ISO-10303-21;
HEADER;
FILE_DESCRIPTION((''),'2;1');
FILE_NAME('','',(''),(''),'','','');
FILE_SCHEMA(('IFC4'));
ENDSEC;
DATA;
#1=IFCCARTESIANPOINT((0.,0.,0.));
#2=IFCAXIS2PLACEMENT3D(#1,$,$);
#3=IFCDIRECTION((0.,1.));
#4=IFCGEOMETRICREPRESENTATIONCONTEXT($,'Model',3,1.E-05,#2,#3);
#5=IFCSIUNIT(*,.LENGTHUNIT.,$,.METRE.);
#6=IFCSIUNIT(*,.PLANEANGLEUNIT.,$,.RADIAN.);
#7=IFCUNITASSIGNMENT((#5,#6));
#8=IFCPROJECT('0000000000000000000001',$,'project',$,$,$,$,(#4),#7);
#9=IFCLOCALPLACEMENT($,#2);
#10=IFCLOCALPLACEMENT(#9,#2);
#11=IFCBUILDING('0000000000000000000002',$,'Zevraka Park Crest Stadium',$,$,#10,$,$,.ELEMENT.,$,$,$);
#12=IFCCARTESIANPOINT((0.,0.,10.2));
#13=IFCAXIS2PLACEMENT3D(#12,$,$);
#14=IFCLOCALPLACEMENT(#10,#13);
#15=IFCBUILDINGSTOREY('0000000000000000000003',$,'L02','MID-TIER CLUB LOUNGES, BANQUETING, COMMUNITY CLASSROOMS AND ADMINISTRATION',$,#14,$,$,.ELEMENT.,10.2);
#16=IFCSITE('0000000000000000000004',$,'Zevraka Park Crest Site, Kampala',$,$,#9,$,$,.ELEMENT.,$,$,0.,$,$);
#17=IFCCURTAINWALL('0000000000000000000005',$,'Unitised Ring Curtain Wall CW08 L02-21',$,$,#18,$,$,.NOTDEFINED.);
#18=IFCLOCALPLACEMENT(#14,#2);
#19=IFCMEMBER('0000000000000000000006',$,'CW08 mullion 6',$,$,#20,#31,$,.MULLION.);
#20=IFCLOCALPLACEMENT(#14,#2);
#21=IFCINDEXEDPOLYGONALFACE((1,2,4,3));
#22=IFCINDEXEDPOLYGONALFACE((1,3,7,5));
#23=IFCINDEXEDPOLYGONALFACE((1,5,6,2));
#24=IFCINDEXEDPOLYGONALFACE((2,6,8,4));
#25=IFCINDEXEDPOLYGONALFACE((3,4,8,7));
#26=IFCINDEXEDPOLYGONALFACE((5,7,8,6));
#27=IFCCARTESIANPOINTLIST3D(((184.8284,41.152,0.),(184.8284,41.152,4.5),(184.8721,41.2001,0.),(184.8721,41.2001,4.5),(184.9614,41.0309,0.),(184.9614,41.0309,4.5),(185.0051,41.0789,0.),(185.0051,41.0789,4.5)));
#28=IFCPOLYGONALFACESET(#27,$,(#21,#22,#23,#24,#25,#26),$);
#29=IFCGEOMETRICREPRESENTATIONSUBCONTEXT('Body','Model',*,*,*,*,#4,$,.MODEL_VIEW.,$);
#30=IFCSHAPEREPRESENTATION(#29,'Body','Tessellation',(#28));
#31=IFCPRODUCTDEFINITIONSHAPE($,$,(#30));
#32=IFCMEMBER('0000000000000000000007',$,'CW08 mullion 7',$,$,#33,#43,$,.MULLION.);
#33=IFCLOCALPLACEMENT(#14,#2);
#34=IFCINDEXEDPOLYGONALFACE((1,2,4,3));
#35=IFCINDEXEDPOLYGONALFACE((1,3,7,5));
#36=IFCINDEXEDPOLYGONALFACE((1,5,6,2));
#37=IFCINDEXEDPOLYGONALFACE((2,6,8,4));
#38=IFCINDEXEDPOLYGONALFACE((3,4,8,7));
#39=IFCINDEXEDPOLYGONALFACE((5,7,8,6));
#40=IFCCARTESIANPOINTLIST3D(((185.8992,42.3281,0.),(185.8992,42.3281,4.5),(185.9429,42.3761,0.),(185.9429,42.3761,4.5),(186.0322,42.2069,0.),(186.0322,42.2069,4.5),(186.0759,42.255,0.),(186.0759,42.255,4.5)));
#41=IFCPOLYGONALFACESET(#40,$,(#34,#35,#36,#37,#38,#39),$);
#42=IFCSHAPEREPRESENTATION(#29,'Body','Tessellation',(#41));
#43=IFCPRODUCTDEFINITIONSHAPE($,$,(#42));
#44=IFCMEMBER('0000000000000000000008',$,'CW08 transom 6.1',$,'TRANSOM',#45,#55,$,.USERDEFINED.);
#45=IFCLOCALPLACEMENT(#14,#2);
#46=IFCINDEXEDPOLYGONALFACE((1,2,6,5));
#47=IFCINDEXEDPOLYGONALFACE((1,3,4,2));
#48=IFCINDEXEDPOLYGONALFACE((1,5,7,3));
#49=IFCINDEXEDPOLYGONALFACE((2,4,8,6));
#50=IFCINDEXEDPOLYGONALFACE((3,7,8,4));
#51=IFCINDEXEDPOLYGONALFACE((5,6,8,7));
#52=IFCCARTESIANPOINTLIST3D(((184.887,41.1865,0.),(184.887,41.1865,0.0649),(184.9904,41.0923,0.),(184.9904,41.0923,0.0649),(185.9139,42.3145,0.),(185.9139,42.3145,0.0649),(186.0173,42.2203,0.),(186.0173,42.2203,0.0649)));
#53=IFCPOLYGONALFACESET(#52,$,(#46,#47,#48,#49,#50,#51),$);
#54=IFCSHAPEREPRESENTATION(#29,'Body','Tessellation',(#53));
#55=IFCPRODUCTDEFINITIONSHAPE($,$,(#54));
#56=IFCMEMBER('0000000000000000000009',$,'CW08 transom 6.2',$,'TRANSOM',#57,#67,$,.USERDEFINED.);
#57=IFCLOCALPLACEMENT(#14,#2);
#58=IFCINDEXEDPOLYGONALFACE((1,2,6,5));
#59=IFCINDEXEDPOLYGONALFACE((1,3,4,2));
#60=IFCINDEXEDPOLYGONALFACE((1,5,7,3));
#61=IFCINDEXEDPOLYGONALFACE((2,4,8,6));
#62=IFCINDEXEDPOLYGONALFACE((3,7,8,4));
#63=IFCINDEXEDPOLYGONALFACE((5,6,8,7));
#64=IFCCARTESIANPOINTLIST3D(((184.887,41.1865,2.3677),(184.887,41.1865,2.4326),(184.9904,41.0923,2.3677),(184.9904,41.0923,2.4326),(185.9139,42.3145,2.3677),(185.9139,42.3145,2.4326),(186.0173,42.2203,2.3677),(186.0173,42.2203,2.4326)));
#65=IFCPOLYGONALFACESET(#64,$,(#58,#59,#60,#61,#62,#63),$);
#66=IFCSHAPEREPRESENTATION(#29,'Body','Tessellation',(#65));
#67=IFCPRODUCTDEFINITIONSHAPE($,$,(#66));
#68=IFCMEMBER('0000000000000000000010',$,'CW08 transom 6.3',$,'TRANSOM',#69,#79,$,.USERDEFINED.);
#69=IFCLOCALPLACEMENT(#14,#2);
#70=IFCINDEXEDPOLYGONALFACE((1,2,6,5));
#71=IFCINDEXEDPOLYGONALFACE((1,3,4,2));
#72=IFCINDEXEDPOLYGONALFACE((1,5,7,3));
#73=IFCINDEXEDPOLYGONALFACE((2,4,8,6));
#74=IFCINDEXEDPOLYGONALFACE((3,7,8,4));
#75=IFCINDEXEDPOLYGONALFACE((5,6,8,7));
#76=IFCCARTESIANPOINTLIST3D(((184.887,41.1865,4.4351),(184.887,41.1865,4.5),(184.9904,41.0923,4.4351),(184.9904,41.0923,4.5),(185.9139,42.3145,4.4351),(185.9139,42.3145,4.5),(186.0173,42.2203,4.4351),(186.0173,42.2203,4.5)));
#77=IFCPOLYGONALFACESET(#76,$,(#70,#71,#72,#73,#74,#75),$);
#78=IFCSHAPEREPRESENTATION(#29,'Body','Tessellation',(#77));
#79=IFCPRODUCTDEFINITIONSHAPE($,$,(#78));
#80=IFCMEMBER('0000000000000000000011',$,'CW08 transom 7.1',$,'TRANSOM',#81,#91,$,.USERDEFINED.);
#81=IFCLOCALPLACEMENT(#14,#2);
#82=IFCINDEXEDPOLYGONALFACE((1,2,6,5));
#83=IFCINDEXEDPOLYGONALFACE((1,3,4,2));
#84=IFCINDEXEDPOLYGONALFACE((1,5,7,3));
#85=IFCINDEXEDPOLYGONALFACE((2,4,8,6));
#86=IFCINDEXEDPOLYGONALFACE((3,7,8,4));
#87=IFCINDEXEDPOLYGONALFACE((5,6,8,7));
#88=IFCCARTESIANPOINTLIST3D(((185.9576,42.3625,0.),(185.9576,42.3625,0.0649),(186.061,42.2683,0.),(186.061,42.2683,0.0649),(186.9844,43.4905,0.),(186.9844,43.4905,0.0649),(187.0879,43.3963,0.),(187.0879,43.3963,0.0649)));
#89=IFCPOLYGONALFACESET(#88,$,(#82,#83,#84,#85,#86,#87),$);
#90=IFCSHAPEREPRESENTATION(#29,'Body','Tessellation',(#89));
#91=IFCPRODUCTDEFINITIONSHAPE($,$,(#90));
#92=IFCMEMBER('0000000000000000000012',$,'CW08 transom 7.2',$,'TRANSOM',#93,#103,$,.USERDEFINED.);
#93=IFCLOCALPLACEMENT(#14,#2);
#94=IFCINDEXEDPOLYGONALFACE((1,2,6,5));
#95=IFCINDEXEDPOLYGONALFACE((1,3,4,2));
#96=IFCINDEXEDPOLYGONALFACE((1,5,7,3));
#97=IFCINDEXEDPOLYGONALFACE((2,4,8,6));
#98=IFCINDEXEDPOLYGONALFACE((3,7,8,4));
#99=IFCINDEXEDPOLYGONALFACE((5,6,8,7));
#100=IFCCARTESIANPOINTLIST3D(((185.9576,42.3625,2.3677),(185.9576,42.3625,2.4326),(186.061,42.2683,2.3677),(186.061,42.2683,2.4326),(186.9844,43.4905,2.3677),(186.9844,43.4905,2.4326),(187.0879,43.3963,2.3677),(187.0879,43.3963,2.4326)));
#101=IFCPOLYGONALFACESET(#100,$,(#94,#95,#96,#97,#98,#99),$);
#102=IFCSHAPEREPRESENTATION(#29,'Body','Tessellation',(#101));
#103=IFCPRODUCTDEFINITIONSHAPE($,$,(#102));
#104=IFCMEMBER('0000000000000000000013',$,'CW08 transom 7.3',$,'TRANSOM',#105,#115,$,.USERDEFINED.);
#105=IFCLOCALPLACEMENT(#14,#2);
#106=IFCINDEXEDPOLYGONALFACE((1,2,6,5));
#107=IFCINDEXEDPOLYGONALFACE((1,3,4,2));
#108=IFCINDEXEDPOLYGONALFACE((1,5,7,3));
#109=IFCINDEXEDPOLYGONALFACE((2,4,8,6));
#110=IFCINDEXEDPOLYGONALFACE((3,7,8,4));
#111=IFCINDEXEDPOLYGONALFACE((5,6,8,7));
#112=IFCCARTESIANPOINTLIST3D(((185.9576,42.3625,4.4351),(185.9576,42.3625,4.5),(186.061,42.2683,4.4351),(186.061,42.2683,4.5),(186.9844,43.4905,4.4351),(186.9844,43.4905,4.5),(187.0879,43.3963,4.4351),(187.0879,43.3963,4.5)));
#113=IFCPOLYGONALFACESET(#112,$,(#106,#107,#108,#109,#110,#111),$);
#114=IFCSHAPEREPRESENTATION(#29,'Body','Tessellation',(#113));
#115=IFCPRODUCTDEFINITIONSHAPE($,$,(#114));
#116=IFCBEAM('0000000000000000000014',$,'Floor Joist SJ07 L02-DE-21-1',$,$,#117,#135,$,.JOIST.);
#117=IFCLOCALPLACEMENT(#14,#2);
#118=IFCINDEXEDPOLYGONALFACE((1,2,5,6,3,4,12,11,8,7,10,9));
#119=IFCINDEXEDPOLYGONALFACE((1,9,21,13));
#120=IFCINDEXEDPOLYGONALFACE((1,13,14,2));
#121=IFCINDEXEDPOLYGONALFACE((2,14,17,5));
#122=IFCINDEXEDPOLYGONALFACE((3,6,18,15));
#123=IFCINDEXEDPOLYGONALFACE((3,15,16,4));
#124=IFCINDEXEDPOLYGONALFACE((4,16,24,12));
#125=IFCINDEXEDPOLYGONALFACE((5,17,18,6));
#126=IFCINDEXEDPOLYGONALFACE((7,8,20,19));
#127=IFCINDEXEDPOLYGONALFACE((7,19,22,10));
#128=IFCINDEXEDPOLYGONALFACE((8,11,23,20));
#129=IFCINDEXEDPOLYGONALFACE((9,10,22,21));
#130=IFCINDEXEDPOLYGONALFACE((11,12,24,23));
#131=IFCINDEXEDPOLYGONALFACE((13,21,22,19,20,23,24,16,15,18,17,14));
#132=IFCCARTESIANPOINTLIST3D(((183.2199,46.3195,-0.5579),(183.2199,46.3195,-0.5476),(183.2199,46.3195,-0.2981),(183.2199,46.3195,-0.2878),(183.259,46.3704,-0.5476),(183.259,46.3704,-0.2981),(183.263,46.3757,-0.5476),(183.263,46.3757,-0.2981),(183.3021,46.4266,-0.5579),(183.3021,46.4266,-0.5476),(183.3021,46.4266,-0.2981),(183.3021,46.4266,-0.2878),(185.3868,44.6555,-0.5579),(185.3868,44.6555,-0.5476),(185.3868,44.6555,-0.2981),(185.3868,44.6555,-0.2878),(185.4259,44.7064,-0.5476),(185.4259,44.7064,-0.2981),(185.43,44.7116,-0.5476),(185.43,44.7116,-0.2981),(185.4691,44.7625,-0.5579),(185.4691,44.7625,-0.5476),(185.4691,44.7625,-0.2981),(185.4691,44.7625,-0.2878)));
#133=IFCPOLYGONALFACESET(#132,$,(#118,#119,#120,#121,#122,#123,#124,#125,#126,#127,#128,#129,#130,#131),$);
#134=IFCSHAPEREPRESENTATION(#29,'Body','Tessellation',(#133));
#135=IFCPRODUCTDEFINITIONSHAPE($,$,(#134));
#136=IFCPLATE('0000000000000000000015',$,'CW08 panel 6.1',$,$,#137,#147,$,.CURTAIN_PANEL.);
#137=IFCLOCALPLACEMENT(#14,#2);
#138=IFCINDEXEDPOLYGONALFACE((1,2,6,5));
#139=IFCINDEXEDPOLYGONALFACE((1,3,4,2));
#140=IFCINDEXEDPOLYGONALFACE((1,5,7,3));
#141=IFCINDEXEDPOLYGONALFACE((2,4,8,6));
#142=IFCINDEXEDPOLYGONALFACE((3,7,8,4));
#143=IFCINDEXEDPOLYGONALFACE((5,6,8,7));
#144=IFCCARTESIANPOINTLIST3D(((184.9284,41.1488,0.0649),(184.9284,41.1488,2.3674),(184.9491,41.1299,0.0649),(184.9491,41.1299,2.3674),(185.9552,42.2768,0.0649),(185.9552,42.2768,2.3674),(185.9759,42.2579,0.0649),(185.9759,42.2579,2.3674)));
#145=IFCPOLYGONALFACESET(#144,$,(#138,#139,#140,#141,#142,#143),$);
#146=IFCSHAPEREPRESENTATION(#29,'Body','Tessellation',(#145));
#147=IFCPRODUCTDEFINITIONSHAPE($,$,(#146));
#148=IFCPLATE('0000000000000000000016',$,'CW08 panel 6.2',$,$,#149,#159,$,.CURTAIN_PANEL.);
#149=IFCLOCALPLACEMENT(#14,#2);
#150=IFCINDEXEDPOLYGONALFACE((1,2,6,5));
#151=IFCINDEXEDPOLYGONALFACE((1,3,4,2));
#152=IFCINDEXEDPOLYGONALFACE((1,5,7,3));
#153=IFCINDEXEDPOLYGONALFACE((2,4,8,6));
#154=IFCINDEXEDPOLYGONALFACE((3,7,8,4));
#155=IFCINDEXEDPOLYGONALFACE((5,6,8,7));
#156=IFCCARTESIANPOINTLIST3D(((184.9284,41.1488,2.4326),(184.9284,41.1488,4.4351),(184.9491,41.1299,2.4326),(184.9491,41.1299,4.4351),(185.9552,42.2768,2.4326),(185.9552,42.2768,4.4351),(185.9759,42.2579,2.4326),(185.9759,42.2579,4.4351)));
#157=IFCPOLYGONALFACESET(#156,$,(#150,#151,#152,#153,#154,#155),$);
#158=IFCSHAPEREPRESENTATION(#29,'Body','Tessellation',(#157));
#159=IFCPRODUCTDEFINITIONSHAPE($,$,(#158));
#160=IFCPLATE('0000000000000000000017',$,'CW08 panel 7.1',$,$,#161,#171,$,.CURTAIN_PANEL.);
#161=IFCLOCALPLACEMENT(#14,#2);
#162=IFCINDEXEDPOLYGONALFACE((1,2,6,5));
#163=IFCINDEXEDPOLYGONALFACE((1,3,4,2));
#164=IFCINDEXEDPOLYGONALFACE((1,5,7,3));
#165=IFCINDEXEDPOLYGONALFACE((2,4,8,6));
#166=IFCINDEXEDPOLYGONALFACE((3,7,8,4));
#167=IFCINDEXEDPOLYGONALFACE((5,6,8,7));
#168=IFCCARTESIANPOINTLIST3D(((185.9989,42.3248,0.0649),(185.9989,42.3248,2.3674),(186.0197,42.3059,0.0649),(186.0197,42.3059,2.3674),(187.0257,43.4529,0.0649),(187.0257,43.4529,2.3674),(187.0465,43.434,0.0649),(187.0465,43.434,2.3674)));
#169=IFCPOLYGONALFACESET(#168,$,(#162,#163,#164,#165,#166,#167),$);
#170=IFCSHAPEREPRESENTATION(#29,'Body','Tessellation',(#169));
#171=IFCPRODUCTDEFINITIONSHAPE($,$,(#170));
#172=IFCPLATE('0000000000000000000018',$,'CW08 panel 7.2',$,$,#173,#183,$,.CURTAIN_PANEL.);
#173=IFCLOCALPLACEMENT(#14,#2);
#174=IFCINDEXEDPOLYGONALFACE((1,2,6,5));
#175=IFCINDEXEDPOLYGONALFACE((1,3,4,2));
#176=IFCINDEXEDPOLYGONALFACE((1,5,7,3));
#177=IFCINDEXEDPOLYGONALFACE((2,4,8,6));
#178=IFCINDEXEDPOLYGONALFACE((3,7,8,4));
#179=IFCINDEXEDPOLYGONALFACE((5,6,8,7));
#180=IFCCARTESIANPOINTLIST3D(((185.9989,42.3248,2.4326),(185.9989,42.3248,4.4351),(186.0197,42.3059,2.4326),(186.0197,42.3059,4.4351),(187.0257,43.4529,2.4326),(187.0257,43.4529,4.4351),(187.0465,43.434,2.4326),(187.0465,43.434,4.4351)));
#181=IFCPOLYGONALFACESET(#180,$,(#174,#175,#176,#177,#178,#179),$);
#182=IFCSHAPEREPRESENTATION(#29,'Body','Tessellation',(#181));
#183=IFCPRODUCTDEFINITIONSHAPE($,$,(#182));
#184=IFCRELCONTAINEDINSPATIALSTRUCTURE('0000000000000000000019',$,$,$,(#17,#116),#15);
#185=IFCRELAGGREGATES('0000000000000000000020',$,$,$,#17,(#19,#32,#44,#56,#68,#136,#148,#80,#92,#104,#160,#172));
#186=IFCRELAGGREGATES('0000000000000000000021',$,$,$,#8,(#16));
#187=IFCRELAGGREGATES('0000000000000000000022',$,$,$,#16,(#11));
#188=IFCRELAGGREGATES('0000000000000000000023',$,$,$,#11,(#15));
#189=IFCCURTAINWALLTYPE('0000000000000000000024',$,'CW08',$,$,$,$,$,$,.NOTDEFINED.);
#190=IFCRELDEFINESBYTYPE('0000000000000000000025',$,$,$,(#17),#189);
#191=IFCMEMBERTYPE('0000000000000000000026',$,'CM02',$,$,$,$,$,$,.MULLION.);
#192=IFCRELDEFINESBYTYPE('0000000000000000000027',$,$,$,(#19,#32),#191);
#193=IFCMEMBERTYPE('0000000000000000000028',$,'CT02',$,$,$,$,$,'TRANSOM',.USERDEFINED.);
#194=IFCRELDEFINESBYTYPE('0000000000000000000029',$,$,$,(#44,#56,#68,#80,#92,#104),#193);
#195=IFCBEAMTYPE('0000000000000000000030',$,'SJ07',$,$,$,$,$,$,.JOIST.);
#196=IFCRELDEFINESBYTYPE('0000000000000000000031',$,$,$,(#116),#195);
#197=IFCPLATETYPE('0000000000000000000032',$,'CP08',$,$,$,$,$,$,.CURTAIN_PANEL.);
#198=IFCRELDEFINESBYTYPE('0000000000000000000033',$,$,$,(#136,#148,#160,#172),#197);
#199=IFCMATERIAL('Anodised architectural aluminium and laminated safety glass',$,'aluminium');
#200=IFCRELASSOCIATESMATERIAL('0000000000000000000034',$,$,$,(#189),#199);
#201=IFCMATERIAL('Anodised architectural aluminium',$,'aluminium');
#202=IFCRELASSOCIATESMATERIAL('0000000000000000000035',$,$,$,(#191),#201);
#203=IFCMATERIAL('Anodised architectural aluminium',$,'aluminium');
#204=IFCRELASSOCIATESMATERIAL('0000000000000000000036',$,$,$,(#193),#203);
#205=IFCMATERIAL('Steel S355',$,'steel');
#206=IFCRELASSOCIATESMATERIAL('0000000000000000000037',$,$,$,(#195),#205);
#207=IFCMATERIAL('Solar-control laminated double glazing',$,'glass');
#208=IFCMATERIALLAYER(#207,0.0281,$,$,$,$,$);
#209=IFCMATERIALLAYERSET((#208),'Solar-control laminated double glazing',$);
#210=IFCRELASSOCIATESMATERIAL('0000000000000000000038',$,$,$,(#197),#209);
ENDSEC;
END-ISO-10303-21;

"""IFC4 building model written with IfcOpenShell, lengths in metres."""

from ifc_helpers import new_model, si_unit, direction, frame, origin, origin_2d, place, context, subcontext, project, spatial, rectangle, i_section, extrude, material, layer, layer_set, material_profile, profile_set, type_object, element, aggregate, save


model = new_model("IFC4")

# Units and contexts
model_context = context("Model", 3, precision=1e-05, world=origin(), true_north=direction((0.0, 1.0)))
body_context = subcontext(model_context, "Body", "Model", "MODEL_VIEW")
ifc_project = project(units=[si_unit("LENGTHUNIT", "METRE"), si_unit("PLANEANGLEUNIT", "RADIAN")], contexts=[model_context])

# Site, building, storey
site_placement = place(None, origin())
site = spatial("IfcSite", under=ifc_project, at=site_placement, Name="Zevraka Park Crest Site, Kampala", CompositionType="ELEMENT", RefElevation=0.0)
building_placement = place(site_placement, origin())
building = spatial("IfcBuilding", under=site, at=building_placement, Name="Zevraka Park Crest Stadium", CompositionType="ELEMENT")
storey_placement = place(building_placement, frame((0.0, 0.0, 10.2)))
storey = spatial("IfcBuildingStorey", under=building, at=storey_placement, Name="L02", Description="MID-TIER CLUB LOUNGES, BANQUETING, COMMUNITY CLASSROOMS AND ADMINISTRATION", CompositionType="ELEMENT", Elevation=10.2)

# Curtain wall, members
ifc_material_1 = material(Name="Anodised architectural aluminium and laminated safety glass", Category="aluminium")
curtain_wall_type = type_object("IfcCurtainWallType", Name="CW08", PredefinedType="NOTDEFINED", material=ifc_material_1)
curtain_wall_placement = place(storey_placement, origin())
curtain_wall = element("IfcCurtainWall", 1, at=curtain_wall_placement, inside=storey, type_object=curtain_wall_type, Name="Unitised Ring Curtain Wall CW08 L02-21", PredefinedType="NOTDEFINED")
ifc_material_2 = material(Name="Anodised architectural aluminium", Category="aluminium")
ifc_material_profile_1 = material_profile(ifc_material_2, rectangle(XDim=0.1799, YDim=0.0649, at=origin_2d()), Name="ALU MULLION 180x65")
ifc_profile_set_1 = profile_set([ifc_material_profile_1], Name="Anodised architectural aluminium")
member_type_1 = type_object("IfcMemberType", Name="CM02", PredefinedType="MULLION", material=ifc_profile_set_1)
member_1_placement = place(storey_placement, frame((184.9167, 41.1155, 0.0), z_axis=(0.0, 0.0, 1.0), x_axis=(-0.739497, 0.67316, 0.0)))
member_1 = element("IfcMember", 2, at=member_1_placement, type_object=member_type_1, Name="CW08 mullion 6", PredefinedType="MULLION", context=body_context, shape_type="SweptSolid", body=[
    extrude(rectangle(XDim=0.1799, YDim=0.0649, at=origin_2d()), origin(), (0.0, 0.0, 1.0), 4.5),
])
member_2_placement = place(storey_placement, frame((185.9875, 42.2915, 0.0), z_axis=(0.0, 0.0, 1.0), x_axis=(-0.739497, 0.67316, 0.0)))
member_2 = element("IfcMember", 3, at=member_2_placement, type_object=member_type_1, Name="CW08 mullion 7", PredefinedType="MULLION", context=body_context, shape_type="SweptSolid", body=[
    extrude(rectangle(XDim=0.1799, YDim=0.0649, at=origin_2d()), origin(), (0.0, 0.0, 1.0), 4.5),
])
ifc_material_3 = material(Name="Anodised architectural aluminium", Category="aluminium")
ifc_material_profile_2 = material_profile(ifc_material_3, rectangle(XDim=0.1399, YDim=0.0649, at=origin_2d()), Name="ALU TRANSOM 140x65")
ifc_profile_set_2 = profile_set([ifc_material_profile_2], Name="Anodised architectural aluminium")
member_type_2 = type_object("IfcMemberType", Name="CT02", ElementType="TRANSOM", PredefinedType="USERDEFINED", material=ifc_profile_set_2)
member_3_placement = place(storey_placement, frame((184.9387, 41.1394, 0.0325), z_axis=(0.673198, 0.739462, 0.0), x_axis=(-0.739462, 0.673198, 0.0)))
member_3 = element("IfcMember", 4, at=member_3_placement, type_object=member_type_2, Name="CW08 transom 6.1", ObjectType="TRANSOM", PredefinedType="USERDEFINED", context=body_context, shape_type="SweptSolid", body=[
    extrude(rectangle(XDim=0.1399, YDim=0.0649, at=origin_2d()), origin(), (0.0, 0.0, 1.0), 1.5254),
])
member_4_placement = place(storey_placement, frame((184.9387, 41.1394, 2.4001), z_axis=(0.673198, 0.739462, 0.0), x_axis=(-0.739462, 0.673198, 0.0)))
member_4 = element("IfcMember", 5, at=member_4_placement, type_object=member_type_2, Name="CW08 transom 6.2", ObjectType="TRANSOM", PredefinedType="USERDEFINED", context=body_context, shape_type="SweptSolid", body=[
    extrude(rectangle(XDim=0.1399, YDim=0.0649, at=origin_2d()), origin(), (0.0, 0.0, 1.0), 1.5254),
])
member_5_placement = place(storey_placement, frame((184.9387, 41.1394, 4.4675), z_axis=(0.673198, 0.739462, 0.0), x_axis=(-0.739462, 0.673198, 0.0)))
member_5 = element("IfcMember", 6, at=member_5_placement, type_object=member_type_2, Name="CW08 transom 6.3", ObjectType="TRANSOM", PredefinedType="USERDEFINED", context=body_context, shape_type="SweptSolid", body=[
    extrude(rectangle(XDim=0.1399, YDim=0.0649, at=origin_2d()), origin(), (0.0, 0.0, 1.0), 1.5254),
])
member_6_placement = place(storey_placement, frame((186.0093, 42.3154, 0.0325), z_axis=(0.673198, 0.739462, 0.0), x_axis=(-0.739462, 0.673198, 0.0)))
member_6 = element("IfcMember", 7, at=member_6_placement, type_object=member_type_2, Name="CW08 transom 7.1", ObjectType="TRANSOM", PredefinedType="USERDEFINED", context=body_context, shape_type="SweptSolid", body=[
    extrude(rectangle(XDim=0.1399, YDim=0.0649, at=origin_2d()), origin(), (0.0, 0.0, 1.0), 1.5254),
])
member_7_placement = place(storey_placement, frame((186.0093, 42.3154, 2.4001), z_axis=(0.673198, 0.739462, 0.0), x_axis=(-0.739462, 0.673198, 0.0)))
member_7 = element("IfcMember", 8, at=member_7_placement, type_object=member_type_2, Name="CW08 transom 7.2", ObjectType="TRANSOM", PredefinedType="USERDEFINED", context=body_context, shape_type="SweptSolid", body=[
    extrude(rectangle(XDim=0.1399, YDim=0.0649, at=origin_2d()), origin(), (0.0, 0.0, 1.0), 1.5254),
])
member_8_placement = place(storey_placement, frame((186.0093, 42.3154, 4.4675), z_axis=(0.673198, 0.739462, 0.0), x_axis=(-0.739462, 0.673198, 0.0)))
member_8 = element("IfcMember", 9, at=member_8_placement, type_object=member_type_2, Name="CW08 transom 7.3", ObjectType="TRANSOM", PredefinedType="USERDEFINED", context=body_context, shape_type="SweptSolid", body=[
    extrude(rectangle(XDim=0.1399, YDim=0.0649, at=origin_2d()), origin(), (0.0, 0.0, 1.0), 1.5254),
])

# Beam
ifc_material_4 = material(Name="Steel S355", Category="steel")
ifc_material_profile_3 = material_profile(ifc_material_4, i_section(OverallWidth=0.135, OverallDepth=0.27, WebThickness=0.0066, FlangeThickness=0.0103, at=origin_2d()), Name="IPE 270")
ifc_profile_set_3 = profile_set([ifc_material_profile_3], Name="Steel S355")
beam_type = type_object("IfcBeamType", Name="SJ07", PredefinedType="JOIST", material=ifc_profile_set_3)
beam_placement = place(storey_placement, frame((183.261, 46.373, -0.4229), z_axis=(0.793129, -0.609054, 0.0), x_axis=(0.609054, 0.793129, 0.0)))
element("IfcBeam", 10, at=beam_placement, inside=storey, type_object=beam_type, Name="Floor Joist SJ07 L02-DE-21-1", PredefinedType="JOIST", context=body_context, shape_type="SweptSolid", body=[
    extrude(i_section(OverallWidth=0.135, OverallDepth=0.27, WebThickness=0.0066, FlangeThickness=0.0103, at=origin_2d()), origin(), (0.0, 0.0, 1.0), 2.7322),
])

# Plates
ifc_material_5 = material(Name="Solar-control laminated double glazing", Category="glass")
ifc_layer_1 = layer(ifc_material_5, 0.0281)
ifc_layer_set_1 = layer_set([ifc_layer_1], Name="Solar-control laminated double glazing")
plate_type = type_object("IfcPlateType", Name="CP08", PredefinedType="CURTAIN_PANEL", material=ifc_layer_set_1)
plate_1_placement = place(storey_placement, frame((185.4521, 41.7034, 0.0649), z_axis=(0.0, 0.0, 1.0), x_axis=(0.67316, 0.739497, 0.0)))
plate_1 = element("IfcPlate", 11, at=plate_1_placement, type_object=plate_type, Name="CW08 panel 6.1", PredefinedType="CURTAIN_PANEL", context=body_context, shape_type="SweptSolid", body=[
    extrude(rectangle(XDim=1.5254, YDim=0.0281, at=origin_2d()), origin(), (0.0, 0.0, 1.0), 2.3025),
])
plate_2_placement = place(storey_placement, frame((185.4521, 41.7034, 2.4326), z_axis=(0.0, 0.0, 1.0), x_axis=(0.67316, 0.739497, 0.0)))
plate_2 = element("IfcPlate", 12, at=plate_2_placement, type_object=plate_type, Name="CW08 panel 6.2", PredefinedType="CURTAIN_PANEL", context=body_context, shape_type="SweptSolid", body=[
    extrude(rectangle(XDim=1.5254, YDim=0.0281, at=origin_2d()), origin(), (0.0, 0.0, 1.0), 2.0024),
])
plate_3_placement = place(storey_placement, frame((186.5227, 42.8794, 0.0649), z_axis=(0.0, 0.0, 1.0), x_axis=(0.67316, 0.739497, 0.0)))
plate_3 = element("IfcPlate", 13, at=plate_3_placement, type_object=plate_type, Name="CW08 panel 7.1", PredefinedType="CURTAIN_PANEL", context=body_context, shape_type="SweptSolid", body=[
    extrude(rectangle(XDim=1.5254, YDim=0.0281, at=origin_2d()), origin(), (0.0, 0.0, 1.0), 2.3025),
])
plate_4_placement = place(storey_placement, frame((186.5227, 42.8794, 2.4326), z_axis=(0.0, 0.0, 1.0), x_axis=(0.67316, 0.739497, 0.0)))
plate_4 = element("IfcPlate", 14, at=plate_4_placement, type_object=plate_type, Name="CW08 panel 7.2", PredefinedType="CURTAIN_PANEL", context=body_context, shape_type="SweptSolid", body=[
    extrude(rectangle(XDim=1.5254, YDim=0.0281, at=origin_2d()), origin(), (0.0, 0.0, 1.0), 2.0024),
])
aggregate(curtain_wall, [member_1, member_2, member_3, member_4, member_5, plate_1, plate_2, member_6, member_7, member_8, plate_3, plate_4])

save(model, "model.ifc")
